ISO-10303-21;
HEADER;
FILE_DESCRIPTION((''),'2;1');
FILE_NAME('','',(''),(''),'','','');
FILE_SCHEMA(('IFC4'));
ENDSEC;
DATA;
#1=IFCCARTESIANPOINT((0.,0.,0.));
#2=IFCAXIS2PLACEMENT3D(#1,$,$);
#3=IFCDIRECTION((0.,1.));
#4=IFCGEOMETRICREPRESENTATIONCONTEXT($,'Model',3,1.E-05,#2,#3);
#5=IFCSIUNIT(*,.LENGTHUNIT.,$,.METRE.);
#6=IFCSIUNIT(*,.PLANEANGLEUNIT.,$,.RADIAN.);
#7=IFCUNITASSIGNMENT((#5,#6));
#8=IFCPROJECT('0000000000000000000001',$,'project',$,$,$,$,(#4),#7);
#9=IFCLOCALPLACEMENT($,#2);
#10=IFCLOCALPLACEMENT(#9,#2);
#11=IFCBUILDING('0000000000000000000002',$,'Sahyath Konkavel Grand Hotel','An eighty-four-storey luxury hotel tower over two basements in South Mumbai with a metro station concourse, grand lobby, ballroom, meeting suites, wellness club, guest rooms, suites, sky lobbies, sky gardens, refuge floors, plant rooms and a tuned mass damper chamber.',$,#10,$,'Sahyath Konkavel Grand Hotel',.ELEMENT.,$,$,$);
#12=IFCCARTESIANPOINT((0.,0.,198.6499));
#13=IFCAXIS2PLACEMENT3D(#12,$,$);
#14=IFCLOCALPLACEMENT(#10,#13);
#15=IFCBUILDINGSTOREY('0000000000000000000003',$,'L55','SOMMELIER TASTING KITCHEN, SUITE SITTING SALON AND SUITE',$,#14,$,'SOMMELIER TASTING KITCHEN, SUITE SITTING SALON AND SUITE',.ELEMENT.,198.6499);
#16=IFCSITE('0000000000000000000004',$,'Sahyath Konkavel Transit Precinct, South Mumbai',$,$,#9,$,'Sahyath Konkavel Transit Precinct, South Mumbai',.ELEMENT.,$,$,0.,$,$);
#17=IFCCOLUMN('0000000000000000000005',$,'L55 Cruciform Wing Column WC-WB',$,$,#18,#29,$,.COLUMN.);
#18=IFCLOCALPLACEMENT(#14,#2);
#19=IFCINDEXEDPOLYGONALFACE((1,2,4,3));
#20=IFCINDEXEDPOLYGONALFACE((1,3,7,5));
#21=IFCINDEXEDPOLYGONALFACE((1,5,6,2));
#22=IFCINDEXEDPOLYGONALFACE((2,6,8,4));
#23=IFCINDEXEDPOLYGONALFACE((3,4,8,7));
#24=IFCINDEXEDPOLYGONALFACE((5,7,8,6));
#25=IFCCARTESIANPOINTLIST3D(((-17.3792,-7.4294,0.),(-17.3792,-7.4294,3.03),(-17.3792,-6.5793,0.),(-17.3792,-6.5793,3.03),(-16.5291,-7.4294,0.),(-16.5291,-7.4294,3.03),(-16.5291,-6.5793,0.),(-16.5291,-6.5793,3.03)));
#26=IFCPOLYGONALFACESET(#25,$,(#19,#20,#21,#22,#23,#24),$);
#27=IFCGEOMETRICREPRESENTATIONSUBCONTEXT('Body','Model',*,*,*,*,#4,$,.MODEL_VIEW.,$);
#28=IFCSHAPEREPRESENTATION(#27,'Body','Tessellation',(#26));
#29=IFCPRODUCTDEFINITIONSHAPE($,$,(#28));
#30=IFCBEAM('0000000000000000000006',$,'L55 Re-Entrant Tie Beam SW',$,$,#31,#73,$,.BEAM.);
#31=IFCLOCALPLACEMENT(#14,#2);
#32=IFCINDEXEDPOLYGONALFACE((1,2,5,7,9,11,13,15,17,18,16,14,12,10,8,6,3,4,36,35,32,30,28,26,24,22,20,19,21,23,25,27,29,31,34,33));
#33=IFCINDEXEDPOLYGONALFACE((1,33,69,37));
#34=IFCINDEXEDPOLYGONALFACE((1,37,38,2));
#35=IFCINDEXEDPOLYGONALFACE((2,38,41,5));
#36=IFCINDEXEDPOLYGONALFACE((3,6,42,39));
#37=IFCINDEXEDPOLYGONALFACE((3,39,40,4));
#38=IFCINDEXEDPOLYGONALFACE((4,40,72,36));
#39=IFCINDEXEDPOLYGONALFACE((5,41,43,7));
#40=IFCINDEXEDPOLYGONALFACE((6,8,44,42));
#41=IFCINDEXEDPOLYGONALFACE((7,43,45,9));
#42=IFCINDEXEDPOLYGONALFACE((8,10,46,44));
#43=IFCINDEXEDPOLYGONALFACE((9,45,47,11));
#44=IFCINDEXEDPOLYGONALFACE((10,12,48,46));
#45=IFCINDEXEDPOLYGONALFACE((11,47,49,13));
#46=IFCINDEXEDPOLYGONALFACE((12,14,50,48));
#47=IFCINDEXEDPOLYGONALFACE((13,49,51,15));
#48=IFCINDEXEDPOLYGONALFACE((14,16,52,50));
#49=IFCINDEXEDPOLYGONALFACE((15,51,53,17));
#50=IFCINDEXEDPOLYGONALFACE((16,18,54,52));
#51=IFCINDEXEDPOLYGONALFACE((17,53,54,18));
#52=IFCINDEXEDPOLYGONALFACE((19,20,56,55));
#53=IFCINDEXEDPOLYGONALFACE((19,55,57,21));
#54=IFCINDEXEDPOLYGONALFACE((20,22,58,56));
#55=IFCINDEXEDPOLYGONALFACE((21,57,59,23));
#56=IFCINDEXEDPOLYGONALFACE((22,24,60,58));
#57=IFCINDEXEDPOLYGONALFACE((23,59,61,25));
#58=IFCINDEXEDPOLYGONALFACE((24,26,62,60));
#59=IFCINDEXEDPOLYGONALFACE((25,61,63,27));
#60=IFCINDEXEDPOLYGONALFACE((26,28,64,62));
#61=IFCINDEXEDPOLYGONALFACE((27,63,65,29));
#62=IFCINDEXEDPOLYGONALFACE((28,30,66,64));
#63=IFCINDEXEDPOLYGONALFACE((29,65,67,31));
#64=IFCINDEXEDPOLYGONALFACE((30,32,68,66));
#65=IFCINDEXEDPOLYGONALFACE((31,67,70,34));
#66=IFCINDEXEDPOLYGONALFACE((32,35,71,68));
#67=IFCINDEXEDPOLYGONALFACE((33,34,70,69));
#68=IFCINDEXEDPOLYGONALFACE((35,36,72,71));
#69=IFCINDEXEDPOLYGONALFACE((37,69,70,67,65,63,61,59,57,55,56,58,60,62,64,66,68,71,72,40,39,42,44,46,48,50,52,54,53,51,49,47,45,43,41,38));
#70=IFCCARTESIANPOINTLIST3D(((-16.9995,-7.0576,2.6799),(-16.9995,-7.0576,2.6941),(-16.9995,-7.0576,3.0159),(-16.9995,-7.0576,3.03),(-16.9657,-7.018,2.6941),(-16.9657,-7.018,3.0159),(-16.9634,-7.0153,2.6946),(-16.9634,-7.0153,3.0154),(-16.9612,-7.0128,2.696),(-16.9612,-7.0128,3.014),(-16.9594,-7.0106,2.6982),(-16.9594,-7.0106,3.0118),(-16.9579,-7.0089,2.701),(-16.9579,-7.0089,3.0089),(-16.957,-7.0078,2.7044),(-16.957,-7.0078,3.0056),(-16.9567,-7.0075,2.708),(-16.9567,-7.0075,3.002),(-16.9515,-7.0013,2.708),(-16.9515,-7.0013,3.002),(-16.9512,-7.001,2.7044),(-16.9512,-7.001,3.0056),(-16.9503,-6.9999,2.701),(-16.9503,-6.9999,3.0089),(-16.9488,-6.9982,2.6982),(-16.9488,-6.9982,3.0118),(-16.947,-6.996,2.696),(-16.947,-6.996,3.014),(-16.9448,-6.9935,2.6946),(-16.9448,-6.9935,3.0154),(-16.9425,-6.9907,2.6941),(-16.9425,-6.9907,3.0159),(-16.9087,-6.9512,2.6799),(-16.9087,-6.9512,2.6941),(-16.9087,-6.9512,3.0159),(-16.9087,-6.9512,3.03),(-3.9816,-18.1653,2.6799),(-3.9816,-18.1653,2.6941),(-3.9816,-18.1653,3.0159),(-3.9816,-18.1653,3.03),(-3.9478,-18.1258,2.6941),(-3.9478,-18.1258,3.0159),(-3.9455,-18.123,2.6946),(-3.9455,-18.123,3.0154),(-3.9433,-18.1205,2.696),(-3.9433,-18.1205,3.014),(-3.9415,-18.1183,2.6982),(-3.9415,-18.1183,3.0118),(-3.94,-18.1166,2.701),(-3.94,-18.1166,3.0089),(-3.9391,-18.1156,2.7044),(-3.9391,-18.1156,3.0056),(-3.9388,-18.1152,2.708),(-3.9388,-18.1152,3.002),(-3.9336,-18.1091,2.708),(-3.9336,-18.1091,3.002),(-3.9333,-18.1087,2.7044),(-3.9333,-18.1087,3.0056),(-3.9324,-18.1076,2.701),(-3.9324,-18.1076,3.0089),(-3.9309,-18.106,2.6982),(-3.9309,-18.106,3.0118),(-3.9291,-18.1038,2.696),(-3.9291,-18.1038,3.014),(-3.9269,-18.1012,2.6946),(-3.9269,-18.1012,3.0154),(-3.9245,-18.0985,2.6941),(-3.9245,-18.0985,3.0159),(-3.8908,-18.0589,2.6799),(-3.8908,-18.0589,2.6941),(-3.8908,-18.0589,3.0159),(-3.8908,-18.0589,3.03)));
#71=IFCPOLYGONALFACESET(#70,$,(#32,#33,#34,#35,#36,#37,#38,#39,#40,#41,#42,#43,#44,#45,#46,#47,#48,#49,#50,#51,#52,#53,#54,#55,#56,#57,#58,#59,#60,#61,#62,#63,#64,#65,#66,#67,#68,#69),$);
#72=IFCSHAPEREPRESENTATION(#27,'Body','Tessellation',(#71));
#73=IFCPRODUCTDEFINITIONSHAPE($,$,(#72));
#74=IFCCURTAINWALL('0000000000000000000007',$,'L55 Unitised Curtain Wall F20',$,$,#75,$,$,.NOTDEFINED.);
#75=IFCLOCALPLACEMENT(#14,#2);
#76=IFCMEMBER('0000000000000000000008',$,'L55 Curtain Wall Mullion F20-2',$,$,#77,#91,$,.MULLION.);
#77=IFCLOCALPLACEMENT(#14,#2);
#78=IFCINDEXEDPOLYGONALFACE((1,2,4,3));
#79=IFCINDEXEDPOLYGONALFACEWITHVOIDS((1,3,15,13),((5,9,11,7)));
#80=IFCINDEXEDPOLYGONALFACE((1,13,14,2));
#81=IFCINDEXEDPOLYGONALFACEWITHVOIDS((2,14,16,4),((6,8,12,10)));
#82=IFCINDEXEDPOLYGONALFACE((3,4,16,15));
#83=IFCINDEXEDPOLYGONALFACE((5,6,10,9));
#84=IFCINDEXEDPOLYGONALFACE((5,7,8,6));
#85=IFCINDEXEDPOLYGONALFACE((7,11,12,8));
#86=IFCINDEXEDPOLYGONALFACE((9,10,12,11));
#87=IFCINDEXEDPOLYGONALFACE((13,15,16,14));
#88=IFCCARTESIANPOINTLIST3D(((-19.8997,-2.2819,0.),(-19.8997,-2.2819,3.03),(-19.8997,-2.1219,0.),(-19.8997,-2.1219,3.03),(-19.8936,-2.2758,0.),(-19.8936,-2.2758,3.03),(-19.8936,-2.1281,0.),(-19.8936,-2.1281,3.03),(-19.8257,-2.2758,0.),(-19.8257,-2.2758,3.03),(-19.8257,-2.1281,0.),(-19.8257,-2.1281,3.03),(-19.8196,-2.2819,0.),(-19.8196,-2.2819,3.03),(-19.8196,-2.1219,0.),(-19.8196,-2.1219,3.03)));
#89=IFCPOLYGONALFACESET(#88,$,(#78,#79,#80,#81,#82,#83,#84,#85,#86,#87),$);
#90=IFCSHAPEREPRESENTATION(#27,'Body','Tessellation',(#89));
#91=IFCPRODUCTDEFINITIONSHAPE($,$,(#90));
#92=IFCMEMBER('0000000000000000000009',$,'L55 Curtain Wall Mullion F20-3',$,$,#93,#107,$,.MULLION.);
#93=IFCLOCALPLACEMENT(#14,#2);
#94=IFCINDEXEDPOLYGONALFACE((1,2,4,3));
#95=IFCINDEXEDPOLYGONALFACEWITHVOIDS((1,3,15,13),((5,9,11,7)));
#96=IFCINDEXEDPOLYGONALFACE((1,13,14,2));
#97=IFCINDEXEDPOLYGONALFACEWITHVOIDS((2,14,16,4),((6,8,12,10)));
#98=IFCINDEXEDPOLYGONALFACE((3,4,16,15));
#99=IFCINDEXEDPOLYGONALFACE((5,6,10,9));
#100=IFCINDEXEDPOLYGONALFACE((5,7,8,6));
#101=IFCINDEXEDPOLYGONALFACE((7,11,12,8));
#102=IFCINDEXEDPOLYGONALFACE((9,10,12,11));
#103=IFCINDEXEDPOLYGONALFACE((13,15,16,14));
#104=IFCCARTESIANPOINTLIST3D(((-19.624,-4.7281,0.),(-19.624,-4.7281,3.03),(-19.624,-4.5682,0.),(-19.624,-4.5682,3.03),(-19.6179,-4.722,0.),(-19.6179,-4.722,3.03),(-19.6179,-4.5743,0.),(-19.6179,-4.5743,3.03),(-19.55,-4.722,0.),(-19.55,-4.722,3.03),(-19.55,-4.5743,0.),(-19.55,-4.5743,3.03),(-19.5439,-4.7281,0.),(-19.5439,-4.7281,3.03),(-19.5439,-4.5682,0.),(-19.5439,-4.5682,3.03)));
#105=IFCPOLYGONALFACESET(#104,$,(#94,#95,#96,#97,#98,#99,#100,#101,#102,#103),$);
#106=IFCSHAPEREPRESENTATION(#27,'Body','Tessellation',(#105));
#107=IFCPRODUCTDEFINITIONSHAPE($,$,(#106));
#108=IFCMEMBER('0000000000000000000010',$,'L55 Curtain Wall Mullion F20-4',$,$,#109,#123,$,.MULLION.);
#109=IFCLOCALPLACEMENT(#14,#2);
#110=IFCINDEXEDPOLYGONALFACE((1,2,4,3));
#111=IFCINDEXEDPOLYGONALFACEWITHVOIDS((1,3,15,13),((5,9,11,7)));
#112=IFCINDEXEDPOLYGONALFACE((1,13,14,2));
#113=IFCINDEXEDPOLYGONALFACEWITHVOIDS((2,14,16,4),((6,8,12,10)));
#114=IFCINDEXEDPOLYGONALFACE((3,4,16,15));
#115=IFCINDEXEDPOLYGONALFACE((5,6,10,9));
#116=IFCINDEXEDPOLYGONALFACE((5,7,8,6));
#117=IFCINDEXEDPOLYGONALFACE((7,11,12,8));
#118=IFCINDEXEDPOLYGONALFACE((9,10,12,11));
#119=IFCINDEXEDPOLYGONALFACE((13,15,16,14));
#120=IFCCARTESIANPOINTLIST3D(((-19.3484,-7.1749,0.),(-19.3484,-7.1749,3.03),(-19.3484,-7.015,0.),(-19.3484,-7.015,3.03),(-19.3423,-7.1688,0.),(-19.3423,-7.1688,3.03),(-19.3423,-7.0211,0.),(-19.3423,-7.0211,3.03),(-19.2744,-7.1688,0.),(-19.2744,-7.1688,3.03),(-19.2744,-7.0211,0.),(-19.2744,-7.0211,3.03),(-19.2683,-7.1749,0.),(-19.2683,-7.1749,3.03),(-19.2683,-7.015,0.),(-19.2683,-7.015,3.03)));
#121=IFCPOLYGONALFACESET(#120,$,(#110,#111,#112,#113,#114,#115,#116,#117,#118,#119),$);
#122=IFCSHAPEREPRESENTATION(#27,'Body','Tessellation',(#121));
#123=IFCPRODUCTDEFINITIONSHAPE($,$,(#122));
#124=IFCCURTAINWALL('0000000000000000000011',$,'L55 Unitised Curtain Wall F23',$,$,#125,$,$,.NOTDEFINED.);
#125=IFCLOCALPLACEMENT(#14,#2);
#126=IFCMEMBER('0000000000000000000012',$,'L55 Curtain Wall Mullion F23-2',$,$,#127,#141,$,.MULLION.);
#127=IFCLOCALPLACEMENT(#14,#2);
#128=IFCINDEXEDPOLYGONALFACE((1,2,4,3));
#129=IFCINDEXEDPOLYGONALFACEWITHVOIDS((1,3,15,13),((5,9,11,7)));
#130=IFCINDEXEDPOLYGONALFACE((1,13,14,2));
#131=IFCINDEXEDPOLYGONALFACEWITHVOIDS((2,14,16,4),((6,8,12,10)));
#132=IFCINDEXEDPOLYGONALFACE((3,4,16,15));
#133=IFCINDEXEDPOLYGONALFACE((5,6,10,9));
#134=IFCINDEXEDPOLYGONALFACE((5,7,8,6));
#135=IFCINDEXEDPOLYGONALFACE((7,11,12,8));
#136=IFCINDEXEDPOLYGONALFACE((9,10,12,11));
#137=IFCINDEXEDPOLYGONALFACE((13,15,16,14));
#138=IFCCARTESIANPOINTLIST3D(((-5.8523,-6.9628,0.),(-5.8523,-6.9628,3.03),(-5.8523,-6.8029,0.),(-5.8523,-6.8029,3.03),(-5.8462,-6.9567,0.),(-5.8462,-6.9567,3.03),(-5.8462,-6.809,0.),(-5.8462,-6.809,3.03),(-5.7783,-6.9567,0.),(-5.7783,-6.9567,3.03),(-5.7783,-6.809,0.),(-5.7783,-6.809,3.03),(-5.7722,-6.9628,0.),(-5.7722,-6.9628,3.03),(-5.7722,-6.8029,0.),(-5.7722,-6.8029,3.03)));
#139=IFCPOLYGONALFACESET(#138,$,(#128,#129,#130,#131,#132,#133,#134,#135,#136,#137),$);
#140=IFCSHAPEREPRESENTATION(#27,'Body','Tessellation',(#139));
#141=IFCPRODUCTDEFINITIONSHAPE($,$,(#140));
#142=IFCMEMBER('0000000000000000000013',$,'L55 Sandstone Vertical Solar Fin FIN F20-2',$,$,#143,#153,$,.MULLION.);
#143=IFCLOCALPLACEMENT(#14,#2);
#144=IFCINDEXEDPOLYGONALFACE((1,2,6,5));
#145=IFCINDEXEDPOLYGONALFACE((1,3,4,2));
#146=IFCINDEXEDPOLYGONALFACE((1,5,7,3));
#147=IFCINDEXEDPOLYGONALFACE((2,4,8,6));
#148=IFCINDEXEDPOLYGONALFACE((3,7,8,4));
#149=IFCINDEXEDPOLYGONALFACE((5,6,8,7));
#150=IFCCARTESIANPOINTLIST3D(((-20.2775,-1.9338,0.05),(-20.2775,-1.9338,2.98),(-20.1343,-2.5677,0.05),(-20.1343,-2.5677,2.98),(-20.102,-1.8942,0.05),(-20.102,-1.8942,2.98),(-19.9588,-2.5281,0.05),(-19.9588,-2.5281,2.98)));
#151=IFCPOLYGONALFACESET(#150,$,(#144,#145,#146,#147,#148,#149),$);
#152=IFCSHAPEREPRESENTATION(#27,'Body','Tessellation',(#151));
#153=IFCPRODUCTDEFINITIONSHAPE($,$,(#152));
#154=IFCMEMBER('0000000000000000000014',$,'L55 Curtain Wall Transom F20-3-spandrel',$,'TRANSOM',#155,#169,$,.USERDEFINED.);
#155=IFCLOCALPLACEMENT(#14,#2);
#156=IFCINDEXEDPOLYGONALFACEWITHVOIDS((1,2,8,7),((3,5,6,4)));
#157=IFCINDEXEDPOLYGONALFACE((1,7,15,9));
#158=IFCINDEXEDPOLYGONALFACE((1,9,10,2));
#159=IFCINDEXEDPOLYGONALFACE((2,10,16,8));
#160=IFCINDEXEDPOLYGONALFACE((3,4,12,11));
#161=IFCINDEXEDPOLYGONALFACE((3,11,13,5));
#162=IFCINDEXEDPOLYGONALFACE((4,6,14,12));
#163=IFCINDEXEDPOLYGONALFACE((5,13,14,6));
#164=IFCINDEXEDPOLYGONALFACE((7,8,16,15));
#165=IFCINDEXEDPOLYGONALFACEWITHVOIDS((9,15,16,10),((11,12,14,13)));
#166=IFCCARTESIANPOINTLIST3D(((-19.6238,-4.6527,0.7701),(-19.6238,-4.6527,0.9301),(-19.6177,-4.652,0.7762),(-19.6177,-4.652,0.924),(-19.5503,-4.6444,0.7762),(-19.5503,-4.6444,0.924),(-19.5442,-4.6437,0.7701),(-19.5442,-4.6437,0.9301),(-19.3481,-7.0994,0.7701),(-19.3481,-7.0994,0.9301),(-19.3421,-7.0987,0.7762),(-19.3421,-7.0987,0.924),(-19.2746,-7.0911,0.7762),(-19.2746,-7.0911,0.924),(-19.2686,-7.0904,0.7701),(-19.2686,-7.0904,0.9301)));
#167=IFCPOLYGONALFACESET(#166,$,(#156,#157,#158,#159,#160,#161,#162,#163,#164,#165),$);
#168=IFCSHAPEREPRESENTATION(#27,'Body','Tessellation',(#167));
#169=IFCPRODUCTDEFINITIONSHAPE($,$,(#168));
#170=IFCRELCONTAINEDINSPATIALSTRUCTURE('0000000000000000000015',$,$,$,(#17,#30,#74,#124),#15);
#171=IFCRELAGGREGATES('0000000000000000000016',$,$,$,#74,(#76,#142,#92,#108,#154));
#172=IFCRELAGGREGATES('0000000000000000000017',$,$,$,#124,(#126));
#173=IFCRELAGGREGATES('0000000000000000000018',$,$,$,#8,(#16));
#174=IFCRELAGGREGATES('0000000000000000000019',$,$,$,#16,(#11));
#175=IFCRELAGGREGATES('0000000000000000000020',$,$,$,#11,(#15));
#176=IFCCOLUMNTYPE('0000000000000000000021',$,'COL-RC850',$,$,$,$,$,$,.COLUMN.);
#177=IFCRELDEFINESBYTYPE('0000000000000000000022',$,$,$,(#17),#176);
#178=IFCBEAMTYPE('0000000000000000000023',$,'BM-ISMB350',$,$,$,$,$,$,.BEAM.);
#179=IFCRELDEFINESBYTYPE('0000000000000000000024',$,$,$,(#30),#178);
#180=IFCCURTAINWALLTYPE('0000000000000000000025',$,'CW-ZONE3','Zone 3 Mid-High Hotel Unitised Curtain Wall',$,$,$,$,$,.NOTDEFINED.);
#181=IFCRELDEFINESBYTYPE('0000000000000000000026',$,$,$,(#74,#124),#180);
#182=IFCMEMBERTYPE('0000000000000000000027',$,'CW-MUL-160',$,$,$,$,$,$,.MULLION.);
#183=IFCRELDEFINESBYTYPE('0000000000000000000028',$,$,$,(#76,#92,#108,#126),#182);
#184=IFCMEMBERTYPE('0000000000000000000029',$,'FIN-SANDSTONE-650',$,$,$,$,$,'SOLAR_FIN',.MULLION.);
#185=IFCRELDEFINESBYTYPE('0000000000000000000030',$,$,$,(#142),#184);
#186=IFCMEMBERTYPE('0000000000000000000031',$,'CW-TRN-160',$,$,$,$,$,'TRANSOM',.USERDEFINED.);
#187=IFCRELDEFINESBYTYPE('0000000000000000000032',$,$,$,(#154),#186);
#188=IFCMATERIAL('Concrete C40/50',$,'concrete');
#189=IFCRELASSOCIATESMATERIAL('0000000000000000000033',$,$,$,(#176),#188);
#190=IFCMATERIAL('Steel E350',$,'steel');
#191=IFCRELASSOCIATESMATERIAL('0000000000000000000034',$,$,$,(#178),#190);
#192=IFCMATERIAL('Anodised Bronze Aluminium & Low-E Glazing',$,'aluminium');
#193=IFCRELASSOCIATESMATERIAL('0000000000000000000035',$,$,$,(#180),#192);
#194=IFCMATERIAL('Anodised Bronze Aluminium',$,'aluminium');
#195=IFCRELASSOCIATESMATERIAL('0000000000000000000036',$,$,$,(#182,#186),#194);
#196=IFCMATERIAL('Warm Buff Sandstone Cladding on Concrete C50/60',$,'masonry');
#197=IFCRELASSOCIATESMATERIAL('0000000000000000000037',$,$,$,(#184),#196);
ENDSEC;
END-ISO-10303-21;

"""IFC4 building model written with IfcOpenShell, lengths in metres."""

from ifc_helpers import new_model, si_unit, direction, frame, origin, origin_2d, place, context, subcontext, project, spatial, rectangle, hollow_rectangle, i_section, extrude, source, transform, mapped, material, material_profile, profile_set, type_object, element, aggregate, save


model = new_model("IFC4")

# Units and contexts
model_context = context("Model", 3, precision=1e-05, world=origin(), true_north=direction((0.0, 1.0)))
body_context = subcontext(model_context, "Body", "Model", "MODEL_VIEW")
ifc_project = project(units=[si_unit("LENGTHUNIT", "METRE"), si_unit("PLANEANGLEUNIT", "RADIAN")], contexts=[model_context])

# Site, building, storey
site_placement = place(None, origin())
site = spatial("IfcSite", under=ifc_project, at=site_placement, Name="Sahyath Konkavel Transit Precinct, South Mumbai", LongName="Sahyath Konkavel Transit Precinct, South Mumbai", CompositionType="ELEMENT", RefElevation=0.0)
building_placement = place(site_placement, origin())
building = spatial("IfcBuilding", under=site, at=building_placement, Name="Sahyath Konkavel Grand Hotel", Description="An eighty-four-storey luxury hotel tower over two basements in South Mumbai with a metro station concourse, grand lobby, ballroom, meeting suites, wellness club, guest rooms, suites, sky lobbies, sky gardens, refuge floors, plant rooms and a tuned mass damper chamber.", LongName="Sahyath Konkavel Grand Hotel", CompositionType="ELEMENT")
storey_placement = place(building_placement, frame((0.0, 0.0, 198.6499)))
storey = spatial("IfcBuildingStorey", under=building, at=storey_placement, Name="L55", Description="SOMMELIER TASTING KITCHEN, SUITE SITTING SALON AND SUITE", LongName="SOMMELIER TASTING KITCHEN, SUITE SITTING SALON AND SUITE", CompositionType="ELEMENT", Elevation=198.6499)

# Column
ifc_material_1 = material(Name="Concrete C40/50", Category="concrete")
ifc_material_profile_1 = material_profile(ifc_material_1, rectangle(XDim=0.8501, YDim=0.8501, at=origin_2d()), Name="RC 850x850")
ifc_profile_set_1 = profile_set([ifc_material_profile_1], Name="Concrete C40/50")
column_type = type_object("IfcColumnType", Name="COL-RC850", PredefinedType="COLUMN", material=ifc_profile_set_1)
shared_shape_1 = source(origin(), body_context, "Body", "SweptSolid", [
    extrude(rectangle(XDim=0.8501, YDim=0.8501, at=origin_2d()), origin(), (0.0, 0.0, 1.0), 3.03),
])
column_placement = place(storey_placement, frame((-16.9541, -7.0044, 0.0), z_axis=(0.0, 0.0, 1.0), x_axis=(1.0, 0.0, 0.0)))
element("IfcColumn", 1, at=column_placement, inside=storey, type_object=column_type, Name="L55 Cruciform Wing Column WC-WB", PredefinedType="COLUMN", context=body_context, shape_type="MappedRepresentation", body=[
    mapped(shared_shape_1, transform((0.0, 0.0, 0.0), scale=1.0)),
])

# Beam
ifc_material_2 = material(Name="Steel E350", Category="steel")
ifc_material_profile_2 = material_profile(ifc_material_2, i_section(OverallWidth=0.1399, OverallDepth=0.3501, WebThickness=0.0081, FlangeThickness=0.0142, FilletRadius=0.0139, at=origin_2d()), Name="ISMB 350")
ifc_profile_set_2 = profile_set([ifc_material_profile_2], Name="Steel E350")
beam_type_1 = type_object("IfcBeamType", Name="BM-ISMB350", PredefinedType="BEAM", material=ifc_profile_set_2)
shared_shape_2 = source(origin(), body_context, "Body", "SweptSolid", [
    extrude(i_section(OverallWidth=0.1399, OverallDepth=0.3501, WebThickness=0.0081, FlangeThickness=0.0142, FilletRadius=0.0139, at=origin_2d()), origin(), (0.0, 0.0, 1.0), 17.1128),
])
beam_1_placement = place(storey_placement, frame((-16.9541, -7.0044, 2.855), z_axis=(0.760712, -0.64909, 0.0), x_axis=(0.64909, 0.760712, 0.0)))
element("IfcBeam", 2, at=beam_1_placement, inside=storey, type_object=beam_type_1, Name="L55 Re-Entrant Tie Beam SW", PredefinedType="BEAM", context=body_context, shape_type="MappedRepresentation", body=[
    mapped(shared_shape_2, transform((0.0, 0.0, 0.0), scale=1.0)),
])

# Curtain wall, members
ifc_material_3 = material(Name="Anodised Bronze Aluminium & Low-E Glazing", Category="aluminium")
curtain_wall_type = type_object("IfcCurtainWallType", Name="CW-ZONE3", Description="Zone 3 Mid-High Hotel Unitised Curtain Wall", PredefinedType="NOTDEFINED", material=ifc_material_3)
curtain_wall_1_placement = place(storey_placement, origin())
curtain_wall_1 = element("IfcCurtainWall", 3, at=curtain_wall_1_placement, inside=storey, type_object=curtain_wall_type, Name="L55 Unitised Curtain Wall F20", PredefinedType="NOTDEFINED")
ifc_material_4 = material(Name="Anodised Bronze Aluminium", Category="aluminium")
ifc_material_profile_3 = material_profile(ifc_material_4, hollow_rectangle(XDim=0.0801, YDim=0.1599, WallThickness=0.0061, at=origin_2d()), Name="RHS 160x80x6")
ifc_profile_set_3 = profile_set([ifc_material_profile_3], Name="Anodised Bronze Aluminium")
member_type_1 = type_object("IfcMemberType", Name="CW-MUL-160", PredefinedType="MULLION", material=ifc_profile_set_3)
shared_shape_3 = source(origin(), body_context, "Body", "SweptSolid", [
    extrude(hollow_rectangle(XDim=0.0801, YDim=0.1599, WallThickness=0.0061, at=origin_2d()), origin(), (0.0, 0.0, 1.0), 3.03),
])
member_1_placement = place(storey_placement, frame((-19.8596, -2.2019, 0.0), z_axis=(0.0, 0.0, 1.0), x_axis=(1.0, 0.0, 0.0)))
member_1 = element("IfcMember", 4, at=member_1_placement, type_object=member_type_1, Name="L55 Curtain Wall Mullion F20-2", PredefinedType="MULLION", context=body_context, shape_type="MappedRepresentation", body=[
    mapped(shared_shape_3, transform((0.0, 0.0, 0.0), scale=1.0)),
])
member_2_placement = place(storey_placement, frame((-19.584, -4.6482, 0.0), z_axis=(0.0, 0.0, 1.0), x_axis=(1.0, 0.0, 0.0)))
member_2 = element("IfcMember", 5, at=member_2_placement, type_object=member_type_1, Name="L55 Curtain Wall Mullion F20-3", PredefinedType="MULLION", context=body_context, shape_type="MappedRepresentation", body=[
    mapped(shared_shape_3, transform((0.0, 0.0, 0.0), scale=1.0)),
])
member_3_placement = place(storey_placement, frame((-19.3083, -7.095, 0.0), z_axis=(0.0, 0.0, 1.0), x_axis=(1.0, 0.0, 0.0)))
member_3 = element("IfcMember", 6, at=member_3_placement, type_object=member_type_1, Name="L55 Curtain Wall Mullion F20-4", PredefinedType="MULLION", context=body_context, shape_type="MappedRepresentation", body=[
    mapped(shared_shape_3, transform((0.0, 0.0, 0.0), scale=1.0)),
])

# Curtain wall, member
curtain_wall_2_placement = place(storey_placement, origin())
curtain_wall_2 = element("IfcCurtainWall", 7, at=curtain_wall_2_placement, inside=storey, type_object=curtain_wall_type, Name="L55 Unitised Curtain Wall F23", PredefinedType="NOTDEFINED")
member_4_placement = place(storey_placement, frame((-5.8123, -6.8828, 0.0), z_axis=(0.0, 0.0, 1.0), x_axis=(1.0, 0.0, 0.0)))
member_4 = element("IfcMember", 8, at=member_4_placement, type_object=member_type_1, Name="L55 Curtain Wall Mullion F23-2", PredefinedType="MULLION", context=body_context, shape_type="MappedRepresentation", body=[
    mapped(shared_shape_3, transform((0.0, 0.0, 0.0), scale=1.0)),
])

# Members
ifc_material_5 = material(Name="Warm Buff Sandstone Cladding on Concrete C50/60", Category="masonry")
ifc_material_profile_4 = material_profile(ifc_material_5, rectangle(XDim=0.1799, YDim=0.6499, at=origin_2d()), Name="FIN 180x650")
ifc_profile_set_4 = profile_set([ifc_material_profile_4], Name="Warm Buff Sandstone Cladding on Concrete C50/60")
member_type_2 = type_object("IfcMemberType", Name="FIN-SANDSTONE-650", ElementType="SOLAR_FIN", PredefinedType="MULLION", material=ifc_profile_set_4)
shared_shape_4 = source(origin(), body_context, "Body", "SweptSolid", [
    extrude(rectangle(XDim=0.1799, YDim=0.6499, at=origin_2d()), origin(), (0.0, 0.0, 1.0), 2.9299),
])
member_5_placement = place(storey_placement, frame((-20.1182, -2.231, 0.05), z_axis=(0.0, 0.0, 1.0), x_axis=(0.975419, 0.220357, 0.0)))
member_5 = element("IfcMember", 9, at=member_5_placement, type_object=member_type_2, Name="L55 Sandstone Vertical Solar Fin FIN F20-2", PredefinedType="MULLION", context=body_context, shape_type="MappedRepresentation", body=[
    mapped(shared_shape_4, transform((0.0, 0.0, 0.0), scale=1.0)),
])
ifc_material_profile_5 = material_profile(ifc_material_4, hollow_rectangle(XDim=0.0801, YDim=0.1599, WallThickness=0.0061, at=origin_2d()), Name="RHS 160x80x6")
ifc_profile_set_5 = profile_set([ifc_material_profile_5], Name="Anodised Bronze Aluminium")
member_type_3 = type_object("IfcMemberType", Name="CW-TRN-160", ElementType="TRANSOM", PredefinedType="USERDEFINED", material=ifc_profile_set_5)
shared_shape_5 = source(origin(), body_context, "Body", "SweptSolid", [
    extrude(hollow_rectangle(XDim=0.0801, YDim=0.1599, WallThickness=0.0061, at=origin_2d()), origin(), (0.0, 0.0, 1.0), 2.4622),
])
member_6_placement = place(storey_placement, frame((-19.584, -4.6482, 0.8501), z_axis=(0.111944, -0.993715, 0.0), x_axis=(0.993715, 0.111944, 0.0)))
member_6 = element("IfcMember", 10, at=member_6_placement, type_object=member_type_3, Name="L55 Curtain Wall Transom F20-3-spandrel", ObjectType="TRANSOM", PredefinedType="USERDEFINED", context=body_context, shape_type="MappedRepresentation", body=[
    mapped(shared_shape_5, transform((0.0, 0.0, 0.0), scale=1.0)),
])

aggregate(curtain_wall_1, [member_1, member_5, member_2, member_3, member_6])
aggregate(curtain_wall_2, [member_4])

save(model, "model.ifc")
